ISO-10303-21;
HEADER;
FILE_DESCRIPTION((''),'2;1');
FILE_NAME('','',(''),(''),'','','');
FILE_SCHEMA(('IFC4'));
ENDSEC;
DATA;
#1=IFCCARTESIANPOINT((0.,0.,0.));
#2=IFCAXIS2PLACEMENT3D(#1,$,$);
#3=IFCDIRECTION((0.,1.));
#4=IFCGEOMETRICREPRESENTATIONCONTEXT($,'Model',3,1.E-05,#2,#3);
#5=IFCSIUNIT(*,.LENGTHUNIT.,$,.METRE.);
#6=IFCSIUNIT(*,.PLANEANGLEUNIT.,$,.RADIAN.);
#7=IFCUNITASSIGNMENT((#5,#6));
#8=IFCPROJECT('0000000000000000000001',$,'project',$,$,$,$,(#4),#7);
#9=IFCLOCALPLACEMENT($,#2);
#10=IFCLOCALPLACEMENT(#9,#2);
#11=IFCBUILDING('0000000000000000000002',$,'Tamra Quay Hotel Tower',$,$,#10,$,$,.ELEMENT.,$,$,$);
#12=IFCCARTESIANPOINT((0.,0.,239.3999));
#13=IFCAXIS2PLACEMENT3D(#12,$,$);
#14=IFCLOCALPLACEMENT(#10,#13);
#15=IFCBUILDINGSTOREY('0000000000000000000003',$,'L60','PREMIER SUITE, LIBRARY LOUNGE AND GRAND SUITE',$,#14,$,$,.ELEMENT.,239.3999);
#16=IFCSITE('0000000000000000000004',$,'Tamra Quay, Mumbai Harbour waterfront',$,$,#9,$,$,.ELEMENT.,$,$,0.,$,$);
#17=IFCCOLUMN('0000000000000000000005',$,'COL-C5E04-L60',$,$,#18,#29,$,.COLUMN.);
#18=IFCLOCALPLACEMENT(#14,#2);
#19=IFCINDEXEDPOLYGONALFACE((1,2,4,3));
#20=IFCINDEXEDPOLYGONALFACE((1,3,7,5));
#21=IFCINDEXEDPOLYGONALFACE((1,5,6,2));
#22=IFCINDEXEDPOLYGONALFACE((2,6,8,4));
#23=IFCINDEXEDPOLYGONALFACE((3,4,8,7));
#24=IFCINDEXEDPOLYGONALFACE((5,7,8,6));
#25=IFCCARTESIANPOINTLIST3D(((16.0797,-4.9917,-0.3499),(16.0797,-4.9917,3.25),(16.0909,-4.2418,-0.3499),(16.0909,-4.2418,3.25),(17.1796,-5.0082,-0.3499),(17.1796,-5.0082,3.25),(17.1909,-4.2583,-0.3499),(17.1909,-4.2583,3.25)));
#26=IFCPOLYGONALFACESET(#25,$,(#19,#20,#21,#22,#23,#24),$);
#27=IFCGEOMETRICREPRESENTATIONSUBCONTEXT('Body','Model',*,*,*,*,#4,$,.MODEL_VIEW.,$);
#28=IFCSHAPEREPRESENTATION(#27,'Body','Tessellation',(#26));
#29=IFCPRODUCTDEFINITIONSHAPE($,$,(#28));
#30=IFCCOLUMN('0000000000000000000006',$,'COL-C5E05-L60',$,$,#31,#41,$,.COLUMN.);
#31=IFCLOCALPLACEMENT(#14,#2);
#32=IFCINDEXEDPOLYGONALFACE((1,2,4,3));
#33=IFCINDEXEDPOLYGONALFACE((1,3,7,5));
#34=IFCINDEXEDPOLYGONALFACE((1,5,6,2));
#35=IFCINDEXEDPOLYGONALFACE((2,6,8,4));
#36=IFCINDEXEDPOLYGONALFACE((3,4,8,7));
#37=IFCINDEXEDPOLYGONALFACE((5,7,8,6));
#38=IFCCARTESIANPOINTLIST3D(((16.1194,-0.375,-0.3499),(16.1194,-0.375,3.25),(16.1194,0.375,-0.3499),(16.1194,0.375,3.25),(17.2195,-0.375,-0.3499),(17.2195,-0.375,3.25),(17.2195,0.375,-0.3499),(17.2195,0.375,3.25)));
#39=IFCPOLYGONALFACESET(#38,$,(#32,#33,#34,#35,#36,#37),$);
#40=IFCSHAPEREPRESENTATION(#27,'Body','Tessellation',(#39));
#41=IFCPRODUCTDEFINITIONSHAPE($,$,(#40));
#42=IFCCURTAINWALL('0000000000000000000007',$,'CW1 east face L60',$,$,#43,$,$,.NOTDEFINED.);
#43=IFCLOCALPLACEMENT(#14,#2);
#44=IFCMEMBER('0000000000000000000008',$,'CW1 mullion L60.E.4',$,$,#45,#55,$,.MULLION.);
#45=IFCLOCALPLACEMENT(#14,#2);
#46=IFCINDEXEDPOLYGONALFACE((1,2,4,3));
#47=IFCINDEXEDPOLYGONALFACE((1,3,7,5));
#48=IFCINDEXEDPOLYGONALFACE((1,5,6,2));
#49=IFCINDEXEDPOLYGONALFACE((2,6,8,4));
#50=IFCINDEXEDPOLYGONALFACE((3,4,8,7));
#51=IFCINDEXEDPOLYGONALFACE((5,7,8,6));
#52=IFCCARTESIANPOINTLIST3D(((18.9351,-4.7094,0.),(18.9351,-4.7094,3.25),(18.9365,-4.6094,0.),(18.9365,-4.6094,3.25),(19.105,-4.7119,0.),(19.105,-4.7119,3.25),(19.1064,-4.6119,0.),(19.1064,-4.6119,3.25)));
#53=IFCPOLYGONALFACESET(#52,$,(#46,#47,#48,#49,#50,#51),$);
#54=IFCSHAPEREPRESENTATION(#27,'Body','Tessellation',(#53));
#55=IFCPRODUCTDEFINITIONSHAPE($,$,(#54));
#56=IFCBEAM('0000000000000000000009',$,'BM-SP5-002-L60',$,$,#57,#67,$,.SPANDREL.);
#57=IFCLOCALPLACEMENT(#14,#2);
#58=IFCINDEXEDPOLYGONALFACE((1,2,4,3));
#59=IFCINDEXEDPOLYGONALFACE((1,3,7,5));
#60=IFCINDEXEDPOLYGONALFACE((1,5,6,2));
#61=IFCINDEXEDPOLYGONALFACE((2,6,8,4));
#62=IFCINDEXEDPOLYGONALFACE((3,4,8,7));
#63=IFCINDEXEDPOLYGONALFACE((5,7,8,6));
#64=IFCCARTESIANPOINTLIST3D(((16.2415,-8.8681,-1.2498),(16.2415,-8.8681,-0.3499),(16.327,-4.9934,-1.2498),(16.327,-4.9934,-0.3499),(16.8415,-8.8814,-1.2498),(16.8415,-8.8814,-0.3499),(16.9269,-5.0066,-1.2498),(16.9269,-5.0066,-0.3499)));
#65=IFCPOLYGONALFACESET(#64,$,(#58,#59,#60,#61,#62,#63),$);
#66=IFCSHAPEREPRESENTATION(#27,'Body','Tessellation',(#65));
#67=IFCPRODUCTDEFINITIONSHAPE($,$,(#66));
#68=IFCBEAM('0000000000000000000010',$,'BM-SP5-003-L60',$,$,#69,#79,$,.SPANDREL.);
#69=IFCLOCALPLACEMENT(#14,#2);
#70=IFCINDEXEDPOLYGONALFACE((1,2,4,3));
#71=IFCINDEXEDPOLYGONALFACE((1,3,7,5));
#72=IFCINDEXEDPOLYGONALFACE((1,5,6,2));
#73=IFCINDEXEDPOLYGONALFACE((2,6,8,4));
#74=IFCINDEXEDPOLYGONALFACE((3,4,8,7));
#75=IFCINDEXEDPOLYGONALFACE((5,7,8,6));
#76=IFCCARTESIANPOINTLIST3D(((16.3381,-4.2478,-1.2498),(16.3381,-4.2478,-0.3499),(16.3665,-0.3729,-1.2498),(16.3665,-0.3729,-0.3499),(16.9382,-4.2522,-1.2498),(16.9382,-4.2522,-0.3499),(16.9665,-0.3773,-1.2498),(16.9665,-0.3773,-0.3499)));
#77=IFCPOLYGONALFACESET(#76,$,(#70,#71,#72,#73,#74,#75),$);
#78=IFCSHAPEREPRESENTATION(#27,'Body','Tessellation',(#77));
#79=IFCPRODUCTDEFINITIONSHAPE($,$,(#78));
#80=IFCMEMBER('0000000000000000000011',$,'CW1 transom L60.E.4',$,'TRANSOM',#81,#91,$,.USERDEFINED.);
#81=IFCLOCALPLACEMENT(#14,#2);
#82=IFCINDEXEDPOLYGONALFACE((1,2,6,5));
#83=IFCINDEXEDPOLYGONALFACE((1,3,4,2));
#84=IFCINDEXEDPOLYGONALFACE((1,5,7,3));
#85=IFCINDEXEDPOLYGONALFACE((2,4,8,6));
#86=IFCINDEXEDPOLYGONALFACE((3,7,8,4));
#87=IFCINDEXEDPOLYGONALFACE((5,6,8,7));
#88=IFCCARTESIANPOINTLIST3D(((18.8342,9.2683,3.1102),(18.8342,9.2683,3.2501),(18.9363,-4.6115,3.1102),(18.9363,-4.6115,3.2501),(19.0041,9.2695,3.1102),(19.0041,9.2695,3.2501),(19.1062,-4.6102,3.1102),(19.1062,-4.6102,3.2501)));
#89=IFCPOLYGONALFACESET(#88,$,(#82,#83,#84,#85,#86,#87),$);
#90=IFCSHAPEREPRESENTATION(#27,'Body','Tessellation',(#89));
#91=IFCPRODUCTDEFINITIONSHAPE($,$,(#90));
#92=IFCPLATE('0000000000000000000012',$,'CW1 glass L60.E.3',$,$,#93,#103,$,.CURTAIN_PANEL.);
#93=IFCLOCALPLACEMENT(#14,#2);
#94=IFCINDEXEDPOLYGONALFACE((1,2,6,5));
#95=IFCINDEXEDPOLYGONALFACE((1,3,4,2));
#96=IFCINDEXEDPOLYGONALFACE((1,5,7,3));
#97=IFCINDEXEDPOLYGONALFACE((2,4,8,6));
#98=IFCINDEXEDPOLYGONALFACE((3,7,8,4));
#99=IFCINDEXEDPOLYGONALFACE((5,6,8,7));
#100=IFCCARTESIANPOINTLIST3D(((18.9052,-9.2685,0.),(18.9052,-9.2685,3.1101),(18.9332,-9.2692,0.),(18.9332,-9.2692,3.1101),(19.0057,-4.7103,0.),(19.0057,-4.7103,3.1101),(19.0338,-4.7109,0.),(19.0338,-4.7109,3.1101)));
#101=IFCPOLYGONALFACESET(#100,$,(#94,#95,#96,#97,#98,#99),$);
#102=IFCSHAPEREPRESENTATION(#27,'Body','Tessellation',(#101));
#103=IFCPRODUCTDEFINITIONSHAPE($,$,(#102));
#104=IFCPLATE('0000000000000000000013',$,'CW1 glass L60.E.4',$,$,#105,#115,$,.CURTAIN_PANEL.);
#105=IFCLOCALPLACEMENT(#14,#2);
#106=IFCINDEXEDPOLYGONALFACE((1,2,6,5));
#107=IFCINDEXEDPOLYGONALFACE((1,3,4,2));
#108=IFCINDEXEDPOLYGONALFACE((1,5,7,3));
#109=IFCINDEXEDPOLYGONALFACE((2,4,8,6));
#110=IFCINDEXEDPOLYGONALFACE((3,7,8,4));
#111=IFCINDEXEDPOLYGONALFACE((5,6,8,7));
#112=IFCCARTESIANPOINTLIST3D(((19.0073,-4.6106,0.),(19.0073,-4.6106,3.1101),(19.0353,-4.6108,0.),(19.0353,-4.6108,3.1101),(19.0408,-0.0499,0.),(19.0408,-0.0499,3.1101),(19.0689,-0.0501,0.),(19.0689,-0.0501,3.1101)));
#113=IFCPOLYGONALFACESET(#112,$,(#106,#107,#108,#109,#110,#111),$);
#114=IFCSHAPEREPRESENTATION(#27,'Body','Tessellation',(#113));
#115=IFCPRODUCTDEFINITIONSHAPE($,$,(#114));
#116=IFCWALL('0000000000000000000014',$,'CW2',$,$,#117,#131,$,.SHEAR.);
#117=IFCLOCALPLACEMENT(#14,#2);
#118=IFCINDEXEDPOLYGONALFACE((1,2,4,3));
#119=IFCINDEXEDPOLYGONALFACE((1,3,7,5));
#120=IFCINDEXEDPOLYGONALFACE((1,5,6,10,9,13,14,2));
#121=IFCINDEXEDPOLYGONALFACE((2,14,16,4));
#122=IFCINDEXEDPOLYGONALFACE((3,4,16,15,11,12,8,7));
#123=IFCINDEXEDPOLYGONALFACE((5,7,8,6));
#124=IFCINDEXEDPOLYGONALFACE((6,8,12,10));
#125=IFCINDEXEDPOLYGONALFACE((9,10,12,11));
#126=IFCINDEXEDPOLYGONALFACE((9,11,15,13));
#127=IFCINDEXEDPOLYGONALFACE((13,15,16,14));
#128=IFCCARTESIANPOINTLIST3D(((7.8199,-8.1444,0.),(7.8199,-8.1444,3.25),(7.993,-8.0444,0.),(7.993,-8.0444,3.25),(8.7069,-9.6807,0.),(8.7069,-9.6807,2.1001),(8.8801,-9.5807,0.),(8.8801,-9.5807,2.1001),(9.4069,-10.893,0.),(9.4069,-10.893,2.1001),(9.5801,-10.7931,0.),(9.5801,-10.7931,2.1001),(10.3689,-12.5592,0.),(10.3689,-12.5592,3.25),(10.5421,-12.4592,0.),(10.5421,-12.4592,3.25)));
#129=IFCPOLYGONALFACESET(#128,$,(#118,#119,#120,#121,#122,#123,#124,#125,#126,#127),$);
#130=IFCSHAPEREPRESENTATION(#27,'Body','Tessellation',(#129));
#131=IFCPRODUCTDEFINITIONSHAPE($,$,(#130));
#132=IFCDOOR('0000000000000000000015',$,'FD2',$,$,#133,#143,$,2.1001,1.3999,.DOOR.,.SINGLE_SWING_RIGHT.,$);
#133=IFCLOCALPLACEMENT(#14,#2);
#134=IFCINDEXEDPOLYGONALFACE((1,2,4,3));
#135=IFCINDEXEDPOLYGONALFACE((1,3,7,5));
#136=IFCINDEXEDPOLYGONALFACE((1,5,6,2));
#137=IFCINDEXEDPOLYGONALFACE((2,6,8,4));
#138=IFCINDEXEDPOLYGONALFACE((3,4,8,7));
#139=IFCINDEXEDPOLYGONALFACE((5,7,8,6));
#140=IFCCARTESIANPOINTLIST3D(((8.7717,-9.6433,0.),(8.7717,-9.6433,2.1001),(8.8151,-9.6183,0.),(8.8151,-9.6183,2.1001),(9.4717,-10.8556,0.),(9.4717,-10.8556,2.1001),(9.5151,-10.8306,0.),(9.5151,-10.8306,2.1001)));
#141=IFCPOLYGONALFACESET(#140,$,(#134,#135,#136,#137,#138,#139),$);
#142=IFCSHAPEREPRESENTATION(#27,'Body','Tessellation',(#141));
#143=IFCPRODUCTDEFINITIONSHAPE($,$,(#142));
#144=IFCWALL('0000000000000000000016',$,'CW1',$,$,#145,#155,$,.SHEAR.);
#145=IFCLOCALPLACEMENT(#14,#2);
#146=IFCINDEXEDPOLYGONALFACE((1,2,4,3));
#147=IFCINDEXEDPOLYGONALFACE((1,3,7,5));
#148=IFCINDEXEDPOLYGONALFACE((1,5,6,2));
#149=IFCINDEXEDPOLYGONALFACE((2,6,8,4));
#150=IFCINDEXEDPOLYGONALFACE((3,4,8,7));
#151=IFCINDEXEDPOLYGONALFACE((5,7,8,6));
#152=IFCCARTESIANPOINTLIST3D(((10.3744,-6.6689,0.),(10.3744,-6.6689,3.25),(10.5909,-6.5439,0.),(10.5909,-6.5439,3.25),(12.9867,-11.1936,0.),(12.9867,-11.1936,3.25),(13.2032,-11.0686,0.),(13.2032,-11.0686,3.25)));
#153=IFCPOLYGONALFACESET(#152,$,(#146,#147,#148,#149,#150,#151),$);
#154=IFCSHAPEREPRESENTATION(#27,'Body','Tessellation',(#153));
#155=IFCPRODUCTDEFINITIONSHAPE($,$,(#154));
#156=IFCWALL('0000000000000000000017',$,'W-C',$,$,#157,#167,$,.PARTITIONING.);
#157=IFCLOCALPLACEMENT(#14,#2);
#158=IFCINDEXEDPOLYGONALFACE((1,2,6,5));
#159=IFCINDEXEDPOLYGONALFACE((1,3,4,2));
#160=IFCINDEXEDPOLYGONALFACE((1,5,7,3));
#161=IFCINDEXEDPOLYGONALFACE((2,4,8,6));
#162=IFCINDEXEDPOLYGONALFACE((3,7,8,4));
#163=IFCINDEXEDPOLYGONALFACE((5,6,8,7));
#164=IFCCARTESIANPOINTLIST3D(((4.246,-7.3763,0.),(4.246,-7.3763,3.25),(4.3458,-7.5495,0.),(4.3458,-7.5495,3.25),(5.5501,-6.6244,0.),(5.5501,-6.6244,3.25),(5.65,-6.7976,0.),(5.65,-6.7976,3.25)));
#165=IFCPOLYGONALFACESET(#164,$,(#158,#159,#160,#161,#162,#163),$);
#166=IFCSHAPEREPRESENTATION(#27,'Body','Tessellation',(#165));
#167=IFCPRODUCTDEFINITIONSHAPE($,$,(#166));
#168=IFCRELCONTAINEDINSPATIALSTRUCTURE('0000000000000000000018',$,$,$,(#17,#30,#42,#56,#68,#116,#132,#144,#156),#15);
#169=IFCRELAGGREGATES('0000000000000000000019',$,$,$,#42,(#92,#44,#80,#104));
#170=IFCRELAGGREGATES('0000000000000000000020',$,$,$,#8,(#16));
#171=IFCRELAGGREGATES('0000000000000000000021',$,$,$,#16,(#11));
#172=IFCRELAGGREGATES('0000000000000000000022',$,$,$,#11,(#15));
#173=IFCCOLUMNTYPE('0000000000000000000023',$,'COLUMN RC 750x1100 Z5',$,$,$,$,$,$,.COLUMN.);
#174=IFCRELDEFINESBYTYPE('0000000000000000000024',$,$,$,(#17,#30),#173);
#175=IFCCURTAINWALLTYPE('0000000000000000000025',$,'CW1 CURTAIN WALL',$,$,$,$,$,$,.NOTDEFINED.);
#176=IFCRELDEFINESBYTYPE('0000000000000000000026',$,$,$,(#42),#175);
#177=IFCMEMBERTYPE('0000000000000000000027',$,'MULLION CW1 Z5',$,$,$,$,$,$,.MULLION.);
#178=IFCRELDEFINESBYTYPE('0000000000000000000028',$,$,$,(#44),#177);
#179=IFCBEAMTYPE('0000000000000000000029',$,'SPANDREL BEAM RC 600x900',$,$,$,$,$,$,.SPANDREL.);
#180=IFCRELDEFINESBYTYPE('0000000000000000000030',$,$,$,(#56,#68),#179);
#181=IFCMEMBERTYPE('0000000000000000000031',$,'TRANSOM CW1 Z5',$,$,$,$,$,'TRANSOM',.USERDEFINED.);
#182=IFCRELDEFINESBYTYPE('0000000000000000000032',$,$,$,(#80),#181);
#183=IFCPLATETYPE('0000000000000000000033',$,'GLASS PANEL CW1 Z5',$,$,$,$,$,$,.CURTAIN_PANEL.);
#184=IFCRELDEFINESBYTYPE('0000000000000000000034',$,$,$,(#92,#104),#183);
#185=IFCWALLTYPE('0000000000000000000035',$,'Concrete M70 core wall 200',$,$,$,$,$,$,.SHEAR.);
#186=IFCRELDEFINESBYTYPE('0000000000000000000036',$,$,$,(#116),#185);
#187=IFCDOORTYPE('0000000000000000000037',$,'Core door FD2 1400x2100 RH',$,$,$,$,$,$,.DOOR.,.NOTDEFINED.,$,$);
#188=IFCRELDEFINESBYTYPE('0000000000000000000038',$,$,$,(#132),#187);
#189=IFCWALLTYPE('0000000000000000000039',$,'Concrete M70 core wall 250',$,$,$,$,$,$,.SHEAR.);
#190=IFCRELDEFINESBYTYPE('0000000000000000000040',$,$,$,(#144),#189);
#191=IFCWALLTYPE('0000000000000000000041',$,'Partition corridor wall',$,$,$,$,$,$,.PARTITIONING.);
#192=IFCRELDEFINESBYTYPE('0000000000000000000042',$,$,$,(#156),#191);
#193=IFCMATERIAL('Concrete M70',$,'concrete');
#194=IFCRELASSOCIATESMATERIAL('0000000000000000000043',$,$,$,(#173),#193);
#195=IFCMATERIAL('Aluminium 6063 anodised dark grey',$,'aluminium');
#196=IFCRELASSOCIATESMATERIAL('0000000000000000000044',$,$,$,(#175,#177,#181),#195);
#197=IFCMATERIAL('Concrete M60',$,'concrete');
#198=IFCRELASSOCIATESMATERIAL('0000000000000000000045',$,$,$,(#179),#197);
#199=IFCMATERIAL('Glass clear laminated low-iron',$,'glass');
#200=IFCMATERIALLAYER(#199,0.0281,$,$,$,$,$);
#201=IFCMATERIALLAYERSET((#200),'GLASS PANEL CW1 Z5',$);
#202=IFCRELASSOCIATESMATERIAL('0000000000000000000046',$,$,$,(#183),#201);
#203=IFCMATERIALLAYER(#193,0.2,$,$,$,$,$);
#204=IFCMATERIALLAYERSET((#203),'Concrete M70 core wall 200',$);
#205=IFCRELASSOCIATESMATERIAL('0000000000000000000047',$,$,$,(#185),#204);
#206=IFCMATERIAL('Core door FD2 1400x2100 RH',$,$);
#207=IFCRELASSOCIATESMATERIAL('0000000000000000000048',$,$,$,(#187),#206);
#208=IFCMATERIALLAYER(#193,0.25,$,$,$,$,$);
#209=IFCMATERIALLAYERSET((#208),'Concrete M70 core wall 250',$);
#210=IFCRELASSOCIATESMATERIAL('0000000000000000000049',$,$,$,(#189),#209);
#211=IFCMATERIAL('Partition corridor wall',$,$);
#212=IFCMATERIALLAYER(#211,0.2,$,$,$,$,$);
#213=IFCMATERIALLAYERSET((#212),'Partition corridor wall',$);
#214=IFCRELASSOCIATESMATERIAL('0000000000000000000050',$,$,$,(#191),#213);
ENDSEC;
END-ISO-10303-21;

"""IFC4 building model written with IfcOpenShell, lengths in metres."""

from ifc_helpers import new_model, si_unit, direction, frame, frame_2d, origin, origin_2d, place, context, subcontext, project, spatial, rectangle, extrude, material, layer, layer_set, material_profile, profile_set, type_object, element, fill, aggregate, save


model = new_model("IFC4")

# Units and contexts
model_context = context("Model", 3, precision=1e-05, world=origin(), true_north=direction((0.0, 1.0)))
body_context = subcontext(model_context, "Body", "Model", "MODEL_VIEW")
ifc_project = project(units=[si_unit("LENGTHUNIT", "METRE"), si_unit("PLANEANGLEUNIT", "RADIAN")], contexts=[model_context])

# Site, building, storey
site_placement = place(None, origin())
site = spatial("IfcSite", under=ifc_project, at=site_placement, Name="Tamra Quay, Mumbai Harbour waterfront", CompositionType="ELEMENT", RefElevation=0.0)
building_placement = place(site_placement, origin())
building = spatial("IfcBuilding", under=site, at=building_placement, Name="Tamra Quay Hotel Tower", CompositionType="ELEMENT")
storey_placement = place(building_placement, frame((0.0, 0.0, 239.3999)))
storey = spatial("IfcBuildingStorey", under=building, at=storey_placement, Name="L60", Description="PREMIER SUITE, LIBRARY LOUNGE AND GRAND SUITE", CompositionType="ELEMENT", Elevation=239.3999)

# Columns
ifc_material_1 = material(Name="Concrete M70", Category="concrete")
ifc_material_profile_1 = material_profile(ifc_material_1, rectangle(XDim=1.1001, YDim=0.75, at=origin_2d()), Name="COLUMN RC 750x1100 Z5")
ifc_profile_set_1 = profile_set([ifc_material_profile_1], Name="Concrete M70")
column_type = type_object("IfcColumnType", Name="COLUMN RC 750x1100 Z5", PredefinedType="COLUMN", material=ifc_profile_set_1)
for number, where, z_axis, x_axis, name in (
    (1, (16.6353, -4.625, -0.3499), (0.0, 0.0, 1.0), (-0.999888, 0.014959, 0.0), "COL-C5E04-L60"),
    (2, (16.6694, 0.0, -0.3499), (0.0, 0.0, 1.0), (1.0, 0.0, 0.0), "COL-C5E05-L60"),
):
    element("IfcColumn", number, at=place(storey_placement, frame(where, z_axis=z_axis, x_axis=x_axis)), inside=storey, type_object=column_type, Name=name, PredefinedType="COLUMN", context=body_context, shape_type="SweptSolid", body=[
        extrude(rectangle(XDim=1.1001, YDim=0.75, at=origin_2d()), origin(), (0.0, 0.0, 1.0), 3.5999),
    ])

# Curtain wall, member
ifc_material_2 = material(Name="Aluminium 6063 anodised dark grey", Category="aluminium")
curtain_wall_type = type_object("IfcCurtainWallType", Name="CW1 CURTAIN WALL", PredefinedType="NOTDEFINED", material=ifc_material_2)
curtain_wall_placement = place(storey_placement, origin())
curtain_wall = element("IfcCurtainWall", 3, at=curtain_wall_placement, inside=storey, type_object=curtain_wall_type, Name="CW1 east face L60", PredefinedType="NOTDEFINED")
ifc_material_profile_2 = material_profile(ifc_material_2, rectangle(XDim=0.1699, YDim=0.1001, at=origin_2d()), Name="MULLION 100X170")
ifc_profile_set_2 = profile_set([ifc_material_profile_2], Name="Aluminium 6063 anodised dark grey")
member_type_1 = type_object("IfcMemberType", Name="MULLION CW1 Z5", PredefinedType="MULLION", material=ifc_profile_set_2)
member_1_placement = place(storey_placement, frame((19.0208, -4.6606, 0.0), z_axis=(0.0, 0.0, 1.0), x_axis=(0.999892, -0.014713, 0.0)))
member_1 = element("IfcMember", 4, at=member_1_placement, type_object=member_type_1, Name="CW1 mullion L60.E.4", PredefinedType="MULLION", context=body_context, shape_type="SweptSolid", body=[
    extrude(rectangle(XDim=0.1699, YDim=0.1001, at=origin_2d()), origin(), (0.0, 0.0, 1.0), 3.25),
])

# Beams
ifc_material_3 = material(Name="Concrete M60", Category="concrete")
ifc_material_profile_3 = material_profile(ifc_material_3, rectangle(XDim=0.6001, YDim=0.8999, at=origin_2d()), Name="SPANDREL BEAM RC 600x900")
ifc_profile_set_3 = profile_set([ifc_material_profile_3], Name="Concrete M60")
beam_type = type_object("IfcBeamType", Name="SPANDREL BEAM RC 600x900", PredefinedType="SPANDREL", material=ifc_profile_set_3)
beam_1_placement = place(storey_placement, frame((16.5415, -8.8748, -0.7998), z_axis=(0.022047, 0.999757, 0.0), x_axis=(-0.999757, 0.022047, 0.0)))
element("IfcBeam", 5, at=beam_1_placement, inside=storey, type_object=beam_type, Name="BM-SP5-002-L60", PredefinedType="SPANDREL", context=body_context, shape_type="SweptSolid", body=[
    extrude(rectangle(XDim=0.6001, YDim=0.8999, at=origin_2d()), origin(), (0.0, 0.0, 1.0), 3.8757),
])
beam_2_placement = place(storey_placement, frame((16.6382, -4.25, -0.7998), z_axis=(0.007308, 0.999973, 0.0), x_axis=(-0.999973, 0.007308, 0.0)))
element("IfcBeam", 6, at=beam_2_placement, inside=storey, type_object=beam_type, Name="BM-SP5-003-L60", PredefinedType="SPANDREL", context=body_context, shape_type="SweptSolid", body=[
    extrude(rectangle(XDim=0.6001, YDim=0.8999, at=origin_2d()), origin(), (0.0, 0.0, 1.0), 3.875),
])

# Member
ifc_material_profile_4 = material_profile(ifc_material_2, rectangle(XDim=0.1699, YDim=0.1399, at=origin_2d()), Name="TRANSOM 170X140")
ifc_profile_set_4 = profile_set([ifc_material_profile_4], Name="Aluminium 6063 anodised dark grey")
member_type_2 = type_object("IfcMemberType", Name="TRANSOM CW1 Z5", ElementType="TRANSOM", PredefinedType="USERDEFINED", material=ifc_profile_set_4)
member_2_placement = place(storey_placement, frame((19.0212, -4.6108, 3.1802), z_axis=(-0.007352, 0.999973, 0.0), x_axis=(-0.999973, -0.007352, 0.0)))
member_2 = element("IfcMember", 7, at=member_2_placement, type_object=member_type_2, Name="CW1 transom L60.E.4", ObjectType="TRANSOM", PredefinedType="USERDEFINED", context=body_context, shape_type="SweptSolid", body=[
    extrude(rectangle(XDim=0.1699, YDim=0.1399, at=origin_2d()), origin(), (0.0, 0.0, 1.0), 13.8801),
])

# Plates
ifc_material_4 = material(Name="Glass clear laminated low-iron", Category="glass")
ifc_layer_1 = layer(ifc_material_4, 0.0281)
ifc_layer_set_1 = layer_set([ifc_layer_1], Name="GLASS PANEL CW1 Z5")
plate_type = type_object("IfcPlateType", Name="GLASS PANEL CW1 Z5", PredefinedType="CURTAIN_PANEL", material=ifc_layer_set_1)
plate_1_placement = place(storey_placement, frame((18.9695, -6.9897, 0.0), z_axis=(0.0, 0.0, 1.0), x_axis=(0.022063, 0.999757, 0.0)))
plate_1 = element("IfcPlate", 8, at=plate_1_placement, type_object=plate_type, Name="CW1 glass L60.E.3", PredefinedType="CURTAIN_PANEL", context=body_context, shape_type="SweptSolid", body=[
    extrude(rectangle(XDim=4.5593, YDim=0.0281, at=origin_2d()), origin(), (0.0, 0.0, 1.0), 3.1101),
])
plate_2_placement = place(storey_placement, frame((19.0381, -2.3303, 0.0), z_axis=(0.0, 0.0, 1.0), x_axis=(0.007362, 0.999973, 0.0)))
plate_2 = element("IfcPlate", 9, at=plate_2_placement, type_object=plate_type, Name="CW1 glass L60.E.4", PredefinedType="CURTAIN_PANEL", context=body_context, shape_type="SweptSolid", body=[
    extrude(rectangle(XDim=4.5608, YDim=0.0281, at=origin_2d()), origin(), (0.0, 0.0, 1.0), 3.1101),
])
aggregate(curtain_wall, [plate_1, member_1, member_2, plate_2])

# Wall, opening, door
ifc_layer_2 = layer(ifc_material_1, 0.2)
ifc_layer_set_2 = layer_set([ifc_layer_2], Name="Concrete M70 core wall 200")
wall_type_1 = type_object("IfcWallType", Name="Concrete M70 core wall 200", PredefinedType="SHEAR", material=ifc_layer_set_2)
wall_1_placement = place(storey_placement, frame((7.9065, -8.0945, 0.0), z_axis=(0.0, 0.0, 1.0), x_axis=(0.500028, -0.866009, 0.0)))
wall_1 = element("IfcWall", 10, at=wall_1_placement, inside=storey, type_object=wall_type_1, Name="CW2", PredefinedType="SHEAR", context=body_context, shape_type="SweptSolid", body=[
    extrude(rectangle(XDim=5.0979, YDim=0.2, at=frame_2d((2.5488, 0.0))), origin(), (0.0, 0.0, 1.0), 3.25),
])
opening_1_placement = place(wall_1_placement, frame((1.7739, 0.0, 0.0)))
opening_1 = element("IfcOpeningElement", 11, at=opening_1_placement, cuts=wall_1, PredefinedType="OPENING", context=body_context, shape_type="SweptSolid", body=[
    extrude(rectangle(XDim=1.3999, YDim=2.1001, at=frame_2d((0.7, 1.05))), frame((0.0, 0.1099, 0.0), z_axis=(0.0, -1.0, 0.0), x_axis=(1.0, 0.0, 0.0)), (0.0, 0.0, 1.0), 0.22),
])
ifc_material_5 = material(Name="Core door FD2 1400x2100 RH")
door_type_1 = type_object("IfcDoorType", Name="Core door FD2 1400x2100 RH", OperationType="NOTDEFINED", PredefinedType="DOOR", material=ifc_material_5)
door_1_placement = place(opening_1_placement, origin())
door_1 = element("IfcDoor", 12, at=door_1_placement, inside=storey, type_object=door_type_1, Name="FD2", OperationType="SINGLE_SWING_RIGHT", OverallHeight=2.1001, OverallWidth=1.3999, PredefinedType="DOOR", context=body_context, shape_type="SweptSolid", body=[
    extrude(rectangle(XDim=1.3999, YDim=2.1001, at=frame_2d((0.7, 1.05))), frame((0.0, 0.0249, 0.0), z_axis=(0.0, -1.0, 0.0), x_axis=(1.0, 0.0, 0.0)), (0.0, 0.0, 1.0), 0.05),
])
fill(opening_1, door_1)

# Walls
ifc_layer_3 = layer(ifc_material_1, 0.25)
ifc_layer_set_3 = layer_set([ifc_layer_3], Name="Concrete M70 core wall 250")
wall_type_2 = type_object("IfcWallType", Name="Concrete M70 core wall 250", PredefinedType="SHEAR", material=ifc_layer_set_3)
wall_2_placement = place(storey_placement, frame((10.4827, -6.6064, 0.0), z_axis=(0.0, 0.0, 1.0), x_axis=(0.499999, -0.866026, 0.0)))
element("IfcWall", 13, at=wall_2_placement, inside=storey, type_object=wall_type_2, Name="CW1", PredefinedType="SHEAR", context=body_context, shape_type="SweptSolid", body=[
    extrude(rectangle(XDim=5.2246, YDim=0.25, at=frame_2d((2.6123, 0.0))), origin(), (0.0, 0.0, 1.0), 3.25),
])
ifc_material_6 = material(Name="Partition corridor wall")
ifc_layer_4 = layer(ifc_material_6, 0.2)
ifc_layer_set_4 = layer_set([ifc_layer_4], Name="Partition corridor wall")
wall_type_3 = type_object("IfcWallType", Name="Partition corridor wall", PredefinedType="PARTITIONING", material=ifc_layer_set_4)
wall_3_placement = place(storey_placement, frame((4.2959, -7.4629, 0.0), z_axis=(0.0, 0.0, 1.0), x_axis=(0.866321, 0.499488, 0.0)))
element("IfcWall", 14, at=wall_3_placement, inside=storey, type_object=wall_type_3, Name="W-C", PredefinedType="PARTITIONING", context=body_context, shape_type="SweptSolid", body=[
    extrude(rectangle(XDim=1.5054, YDim=0.2, at=frame_2d((0.7527, 0.0))), origin(), (0.0, 0.0, 1.0), 3.25),
])

save(model, "model.ifc")
